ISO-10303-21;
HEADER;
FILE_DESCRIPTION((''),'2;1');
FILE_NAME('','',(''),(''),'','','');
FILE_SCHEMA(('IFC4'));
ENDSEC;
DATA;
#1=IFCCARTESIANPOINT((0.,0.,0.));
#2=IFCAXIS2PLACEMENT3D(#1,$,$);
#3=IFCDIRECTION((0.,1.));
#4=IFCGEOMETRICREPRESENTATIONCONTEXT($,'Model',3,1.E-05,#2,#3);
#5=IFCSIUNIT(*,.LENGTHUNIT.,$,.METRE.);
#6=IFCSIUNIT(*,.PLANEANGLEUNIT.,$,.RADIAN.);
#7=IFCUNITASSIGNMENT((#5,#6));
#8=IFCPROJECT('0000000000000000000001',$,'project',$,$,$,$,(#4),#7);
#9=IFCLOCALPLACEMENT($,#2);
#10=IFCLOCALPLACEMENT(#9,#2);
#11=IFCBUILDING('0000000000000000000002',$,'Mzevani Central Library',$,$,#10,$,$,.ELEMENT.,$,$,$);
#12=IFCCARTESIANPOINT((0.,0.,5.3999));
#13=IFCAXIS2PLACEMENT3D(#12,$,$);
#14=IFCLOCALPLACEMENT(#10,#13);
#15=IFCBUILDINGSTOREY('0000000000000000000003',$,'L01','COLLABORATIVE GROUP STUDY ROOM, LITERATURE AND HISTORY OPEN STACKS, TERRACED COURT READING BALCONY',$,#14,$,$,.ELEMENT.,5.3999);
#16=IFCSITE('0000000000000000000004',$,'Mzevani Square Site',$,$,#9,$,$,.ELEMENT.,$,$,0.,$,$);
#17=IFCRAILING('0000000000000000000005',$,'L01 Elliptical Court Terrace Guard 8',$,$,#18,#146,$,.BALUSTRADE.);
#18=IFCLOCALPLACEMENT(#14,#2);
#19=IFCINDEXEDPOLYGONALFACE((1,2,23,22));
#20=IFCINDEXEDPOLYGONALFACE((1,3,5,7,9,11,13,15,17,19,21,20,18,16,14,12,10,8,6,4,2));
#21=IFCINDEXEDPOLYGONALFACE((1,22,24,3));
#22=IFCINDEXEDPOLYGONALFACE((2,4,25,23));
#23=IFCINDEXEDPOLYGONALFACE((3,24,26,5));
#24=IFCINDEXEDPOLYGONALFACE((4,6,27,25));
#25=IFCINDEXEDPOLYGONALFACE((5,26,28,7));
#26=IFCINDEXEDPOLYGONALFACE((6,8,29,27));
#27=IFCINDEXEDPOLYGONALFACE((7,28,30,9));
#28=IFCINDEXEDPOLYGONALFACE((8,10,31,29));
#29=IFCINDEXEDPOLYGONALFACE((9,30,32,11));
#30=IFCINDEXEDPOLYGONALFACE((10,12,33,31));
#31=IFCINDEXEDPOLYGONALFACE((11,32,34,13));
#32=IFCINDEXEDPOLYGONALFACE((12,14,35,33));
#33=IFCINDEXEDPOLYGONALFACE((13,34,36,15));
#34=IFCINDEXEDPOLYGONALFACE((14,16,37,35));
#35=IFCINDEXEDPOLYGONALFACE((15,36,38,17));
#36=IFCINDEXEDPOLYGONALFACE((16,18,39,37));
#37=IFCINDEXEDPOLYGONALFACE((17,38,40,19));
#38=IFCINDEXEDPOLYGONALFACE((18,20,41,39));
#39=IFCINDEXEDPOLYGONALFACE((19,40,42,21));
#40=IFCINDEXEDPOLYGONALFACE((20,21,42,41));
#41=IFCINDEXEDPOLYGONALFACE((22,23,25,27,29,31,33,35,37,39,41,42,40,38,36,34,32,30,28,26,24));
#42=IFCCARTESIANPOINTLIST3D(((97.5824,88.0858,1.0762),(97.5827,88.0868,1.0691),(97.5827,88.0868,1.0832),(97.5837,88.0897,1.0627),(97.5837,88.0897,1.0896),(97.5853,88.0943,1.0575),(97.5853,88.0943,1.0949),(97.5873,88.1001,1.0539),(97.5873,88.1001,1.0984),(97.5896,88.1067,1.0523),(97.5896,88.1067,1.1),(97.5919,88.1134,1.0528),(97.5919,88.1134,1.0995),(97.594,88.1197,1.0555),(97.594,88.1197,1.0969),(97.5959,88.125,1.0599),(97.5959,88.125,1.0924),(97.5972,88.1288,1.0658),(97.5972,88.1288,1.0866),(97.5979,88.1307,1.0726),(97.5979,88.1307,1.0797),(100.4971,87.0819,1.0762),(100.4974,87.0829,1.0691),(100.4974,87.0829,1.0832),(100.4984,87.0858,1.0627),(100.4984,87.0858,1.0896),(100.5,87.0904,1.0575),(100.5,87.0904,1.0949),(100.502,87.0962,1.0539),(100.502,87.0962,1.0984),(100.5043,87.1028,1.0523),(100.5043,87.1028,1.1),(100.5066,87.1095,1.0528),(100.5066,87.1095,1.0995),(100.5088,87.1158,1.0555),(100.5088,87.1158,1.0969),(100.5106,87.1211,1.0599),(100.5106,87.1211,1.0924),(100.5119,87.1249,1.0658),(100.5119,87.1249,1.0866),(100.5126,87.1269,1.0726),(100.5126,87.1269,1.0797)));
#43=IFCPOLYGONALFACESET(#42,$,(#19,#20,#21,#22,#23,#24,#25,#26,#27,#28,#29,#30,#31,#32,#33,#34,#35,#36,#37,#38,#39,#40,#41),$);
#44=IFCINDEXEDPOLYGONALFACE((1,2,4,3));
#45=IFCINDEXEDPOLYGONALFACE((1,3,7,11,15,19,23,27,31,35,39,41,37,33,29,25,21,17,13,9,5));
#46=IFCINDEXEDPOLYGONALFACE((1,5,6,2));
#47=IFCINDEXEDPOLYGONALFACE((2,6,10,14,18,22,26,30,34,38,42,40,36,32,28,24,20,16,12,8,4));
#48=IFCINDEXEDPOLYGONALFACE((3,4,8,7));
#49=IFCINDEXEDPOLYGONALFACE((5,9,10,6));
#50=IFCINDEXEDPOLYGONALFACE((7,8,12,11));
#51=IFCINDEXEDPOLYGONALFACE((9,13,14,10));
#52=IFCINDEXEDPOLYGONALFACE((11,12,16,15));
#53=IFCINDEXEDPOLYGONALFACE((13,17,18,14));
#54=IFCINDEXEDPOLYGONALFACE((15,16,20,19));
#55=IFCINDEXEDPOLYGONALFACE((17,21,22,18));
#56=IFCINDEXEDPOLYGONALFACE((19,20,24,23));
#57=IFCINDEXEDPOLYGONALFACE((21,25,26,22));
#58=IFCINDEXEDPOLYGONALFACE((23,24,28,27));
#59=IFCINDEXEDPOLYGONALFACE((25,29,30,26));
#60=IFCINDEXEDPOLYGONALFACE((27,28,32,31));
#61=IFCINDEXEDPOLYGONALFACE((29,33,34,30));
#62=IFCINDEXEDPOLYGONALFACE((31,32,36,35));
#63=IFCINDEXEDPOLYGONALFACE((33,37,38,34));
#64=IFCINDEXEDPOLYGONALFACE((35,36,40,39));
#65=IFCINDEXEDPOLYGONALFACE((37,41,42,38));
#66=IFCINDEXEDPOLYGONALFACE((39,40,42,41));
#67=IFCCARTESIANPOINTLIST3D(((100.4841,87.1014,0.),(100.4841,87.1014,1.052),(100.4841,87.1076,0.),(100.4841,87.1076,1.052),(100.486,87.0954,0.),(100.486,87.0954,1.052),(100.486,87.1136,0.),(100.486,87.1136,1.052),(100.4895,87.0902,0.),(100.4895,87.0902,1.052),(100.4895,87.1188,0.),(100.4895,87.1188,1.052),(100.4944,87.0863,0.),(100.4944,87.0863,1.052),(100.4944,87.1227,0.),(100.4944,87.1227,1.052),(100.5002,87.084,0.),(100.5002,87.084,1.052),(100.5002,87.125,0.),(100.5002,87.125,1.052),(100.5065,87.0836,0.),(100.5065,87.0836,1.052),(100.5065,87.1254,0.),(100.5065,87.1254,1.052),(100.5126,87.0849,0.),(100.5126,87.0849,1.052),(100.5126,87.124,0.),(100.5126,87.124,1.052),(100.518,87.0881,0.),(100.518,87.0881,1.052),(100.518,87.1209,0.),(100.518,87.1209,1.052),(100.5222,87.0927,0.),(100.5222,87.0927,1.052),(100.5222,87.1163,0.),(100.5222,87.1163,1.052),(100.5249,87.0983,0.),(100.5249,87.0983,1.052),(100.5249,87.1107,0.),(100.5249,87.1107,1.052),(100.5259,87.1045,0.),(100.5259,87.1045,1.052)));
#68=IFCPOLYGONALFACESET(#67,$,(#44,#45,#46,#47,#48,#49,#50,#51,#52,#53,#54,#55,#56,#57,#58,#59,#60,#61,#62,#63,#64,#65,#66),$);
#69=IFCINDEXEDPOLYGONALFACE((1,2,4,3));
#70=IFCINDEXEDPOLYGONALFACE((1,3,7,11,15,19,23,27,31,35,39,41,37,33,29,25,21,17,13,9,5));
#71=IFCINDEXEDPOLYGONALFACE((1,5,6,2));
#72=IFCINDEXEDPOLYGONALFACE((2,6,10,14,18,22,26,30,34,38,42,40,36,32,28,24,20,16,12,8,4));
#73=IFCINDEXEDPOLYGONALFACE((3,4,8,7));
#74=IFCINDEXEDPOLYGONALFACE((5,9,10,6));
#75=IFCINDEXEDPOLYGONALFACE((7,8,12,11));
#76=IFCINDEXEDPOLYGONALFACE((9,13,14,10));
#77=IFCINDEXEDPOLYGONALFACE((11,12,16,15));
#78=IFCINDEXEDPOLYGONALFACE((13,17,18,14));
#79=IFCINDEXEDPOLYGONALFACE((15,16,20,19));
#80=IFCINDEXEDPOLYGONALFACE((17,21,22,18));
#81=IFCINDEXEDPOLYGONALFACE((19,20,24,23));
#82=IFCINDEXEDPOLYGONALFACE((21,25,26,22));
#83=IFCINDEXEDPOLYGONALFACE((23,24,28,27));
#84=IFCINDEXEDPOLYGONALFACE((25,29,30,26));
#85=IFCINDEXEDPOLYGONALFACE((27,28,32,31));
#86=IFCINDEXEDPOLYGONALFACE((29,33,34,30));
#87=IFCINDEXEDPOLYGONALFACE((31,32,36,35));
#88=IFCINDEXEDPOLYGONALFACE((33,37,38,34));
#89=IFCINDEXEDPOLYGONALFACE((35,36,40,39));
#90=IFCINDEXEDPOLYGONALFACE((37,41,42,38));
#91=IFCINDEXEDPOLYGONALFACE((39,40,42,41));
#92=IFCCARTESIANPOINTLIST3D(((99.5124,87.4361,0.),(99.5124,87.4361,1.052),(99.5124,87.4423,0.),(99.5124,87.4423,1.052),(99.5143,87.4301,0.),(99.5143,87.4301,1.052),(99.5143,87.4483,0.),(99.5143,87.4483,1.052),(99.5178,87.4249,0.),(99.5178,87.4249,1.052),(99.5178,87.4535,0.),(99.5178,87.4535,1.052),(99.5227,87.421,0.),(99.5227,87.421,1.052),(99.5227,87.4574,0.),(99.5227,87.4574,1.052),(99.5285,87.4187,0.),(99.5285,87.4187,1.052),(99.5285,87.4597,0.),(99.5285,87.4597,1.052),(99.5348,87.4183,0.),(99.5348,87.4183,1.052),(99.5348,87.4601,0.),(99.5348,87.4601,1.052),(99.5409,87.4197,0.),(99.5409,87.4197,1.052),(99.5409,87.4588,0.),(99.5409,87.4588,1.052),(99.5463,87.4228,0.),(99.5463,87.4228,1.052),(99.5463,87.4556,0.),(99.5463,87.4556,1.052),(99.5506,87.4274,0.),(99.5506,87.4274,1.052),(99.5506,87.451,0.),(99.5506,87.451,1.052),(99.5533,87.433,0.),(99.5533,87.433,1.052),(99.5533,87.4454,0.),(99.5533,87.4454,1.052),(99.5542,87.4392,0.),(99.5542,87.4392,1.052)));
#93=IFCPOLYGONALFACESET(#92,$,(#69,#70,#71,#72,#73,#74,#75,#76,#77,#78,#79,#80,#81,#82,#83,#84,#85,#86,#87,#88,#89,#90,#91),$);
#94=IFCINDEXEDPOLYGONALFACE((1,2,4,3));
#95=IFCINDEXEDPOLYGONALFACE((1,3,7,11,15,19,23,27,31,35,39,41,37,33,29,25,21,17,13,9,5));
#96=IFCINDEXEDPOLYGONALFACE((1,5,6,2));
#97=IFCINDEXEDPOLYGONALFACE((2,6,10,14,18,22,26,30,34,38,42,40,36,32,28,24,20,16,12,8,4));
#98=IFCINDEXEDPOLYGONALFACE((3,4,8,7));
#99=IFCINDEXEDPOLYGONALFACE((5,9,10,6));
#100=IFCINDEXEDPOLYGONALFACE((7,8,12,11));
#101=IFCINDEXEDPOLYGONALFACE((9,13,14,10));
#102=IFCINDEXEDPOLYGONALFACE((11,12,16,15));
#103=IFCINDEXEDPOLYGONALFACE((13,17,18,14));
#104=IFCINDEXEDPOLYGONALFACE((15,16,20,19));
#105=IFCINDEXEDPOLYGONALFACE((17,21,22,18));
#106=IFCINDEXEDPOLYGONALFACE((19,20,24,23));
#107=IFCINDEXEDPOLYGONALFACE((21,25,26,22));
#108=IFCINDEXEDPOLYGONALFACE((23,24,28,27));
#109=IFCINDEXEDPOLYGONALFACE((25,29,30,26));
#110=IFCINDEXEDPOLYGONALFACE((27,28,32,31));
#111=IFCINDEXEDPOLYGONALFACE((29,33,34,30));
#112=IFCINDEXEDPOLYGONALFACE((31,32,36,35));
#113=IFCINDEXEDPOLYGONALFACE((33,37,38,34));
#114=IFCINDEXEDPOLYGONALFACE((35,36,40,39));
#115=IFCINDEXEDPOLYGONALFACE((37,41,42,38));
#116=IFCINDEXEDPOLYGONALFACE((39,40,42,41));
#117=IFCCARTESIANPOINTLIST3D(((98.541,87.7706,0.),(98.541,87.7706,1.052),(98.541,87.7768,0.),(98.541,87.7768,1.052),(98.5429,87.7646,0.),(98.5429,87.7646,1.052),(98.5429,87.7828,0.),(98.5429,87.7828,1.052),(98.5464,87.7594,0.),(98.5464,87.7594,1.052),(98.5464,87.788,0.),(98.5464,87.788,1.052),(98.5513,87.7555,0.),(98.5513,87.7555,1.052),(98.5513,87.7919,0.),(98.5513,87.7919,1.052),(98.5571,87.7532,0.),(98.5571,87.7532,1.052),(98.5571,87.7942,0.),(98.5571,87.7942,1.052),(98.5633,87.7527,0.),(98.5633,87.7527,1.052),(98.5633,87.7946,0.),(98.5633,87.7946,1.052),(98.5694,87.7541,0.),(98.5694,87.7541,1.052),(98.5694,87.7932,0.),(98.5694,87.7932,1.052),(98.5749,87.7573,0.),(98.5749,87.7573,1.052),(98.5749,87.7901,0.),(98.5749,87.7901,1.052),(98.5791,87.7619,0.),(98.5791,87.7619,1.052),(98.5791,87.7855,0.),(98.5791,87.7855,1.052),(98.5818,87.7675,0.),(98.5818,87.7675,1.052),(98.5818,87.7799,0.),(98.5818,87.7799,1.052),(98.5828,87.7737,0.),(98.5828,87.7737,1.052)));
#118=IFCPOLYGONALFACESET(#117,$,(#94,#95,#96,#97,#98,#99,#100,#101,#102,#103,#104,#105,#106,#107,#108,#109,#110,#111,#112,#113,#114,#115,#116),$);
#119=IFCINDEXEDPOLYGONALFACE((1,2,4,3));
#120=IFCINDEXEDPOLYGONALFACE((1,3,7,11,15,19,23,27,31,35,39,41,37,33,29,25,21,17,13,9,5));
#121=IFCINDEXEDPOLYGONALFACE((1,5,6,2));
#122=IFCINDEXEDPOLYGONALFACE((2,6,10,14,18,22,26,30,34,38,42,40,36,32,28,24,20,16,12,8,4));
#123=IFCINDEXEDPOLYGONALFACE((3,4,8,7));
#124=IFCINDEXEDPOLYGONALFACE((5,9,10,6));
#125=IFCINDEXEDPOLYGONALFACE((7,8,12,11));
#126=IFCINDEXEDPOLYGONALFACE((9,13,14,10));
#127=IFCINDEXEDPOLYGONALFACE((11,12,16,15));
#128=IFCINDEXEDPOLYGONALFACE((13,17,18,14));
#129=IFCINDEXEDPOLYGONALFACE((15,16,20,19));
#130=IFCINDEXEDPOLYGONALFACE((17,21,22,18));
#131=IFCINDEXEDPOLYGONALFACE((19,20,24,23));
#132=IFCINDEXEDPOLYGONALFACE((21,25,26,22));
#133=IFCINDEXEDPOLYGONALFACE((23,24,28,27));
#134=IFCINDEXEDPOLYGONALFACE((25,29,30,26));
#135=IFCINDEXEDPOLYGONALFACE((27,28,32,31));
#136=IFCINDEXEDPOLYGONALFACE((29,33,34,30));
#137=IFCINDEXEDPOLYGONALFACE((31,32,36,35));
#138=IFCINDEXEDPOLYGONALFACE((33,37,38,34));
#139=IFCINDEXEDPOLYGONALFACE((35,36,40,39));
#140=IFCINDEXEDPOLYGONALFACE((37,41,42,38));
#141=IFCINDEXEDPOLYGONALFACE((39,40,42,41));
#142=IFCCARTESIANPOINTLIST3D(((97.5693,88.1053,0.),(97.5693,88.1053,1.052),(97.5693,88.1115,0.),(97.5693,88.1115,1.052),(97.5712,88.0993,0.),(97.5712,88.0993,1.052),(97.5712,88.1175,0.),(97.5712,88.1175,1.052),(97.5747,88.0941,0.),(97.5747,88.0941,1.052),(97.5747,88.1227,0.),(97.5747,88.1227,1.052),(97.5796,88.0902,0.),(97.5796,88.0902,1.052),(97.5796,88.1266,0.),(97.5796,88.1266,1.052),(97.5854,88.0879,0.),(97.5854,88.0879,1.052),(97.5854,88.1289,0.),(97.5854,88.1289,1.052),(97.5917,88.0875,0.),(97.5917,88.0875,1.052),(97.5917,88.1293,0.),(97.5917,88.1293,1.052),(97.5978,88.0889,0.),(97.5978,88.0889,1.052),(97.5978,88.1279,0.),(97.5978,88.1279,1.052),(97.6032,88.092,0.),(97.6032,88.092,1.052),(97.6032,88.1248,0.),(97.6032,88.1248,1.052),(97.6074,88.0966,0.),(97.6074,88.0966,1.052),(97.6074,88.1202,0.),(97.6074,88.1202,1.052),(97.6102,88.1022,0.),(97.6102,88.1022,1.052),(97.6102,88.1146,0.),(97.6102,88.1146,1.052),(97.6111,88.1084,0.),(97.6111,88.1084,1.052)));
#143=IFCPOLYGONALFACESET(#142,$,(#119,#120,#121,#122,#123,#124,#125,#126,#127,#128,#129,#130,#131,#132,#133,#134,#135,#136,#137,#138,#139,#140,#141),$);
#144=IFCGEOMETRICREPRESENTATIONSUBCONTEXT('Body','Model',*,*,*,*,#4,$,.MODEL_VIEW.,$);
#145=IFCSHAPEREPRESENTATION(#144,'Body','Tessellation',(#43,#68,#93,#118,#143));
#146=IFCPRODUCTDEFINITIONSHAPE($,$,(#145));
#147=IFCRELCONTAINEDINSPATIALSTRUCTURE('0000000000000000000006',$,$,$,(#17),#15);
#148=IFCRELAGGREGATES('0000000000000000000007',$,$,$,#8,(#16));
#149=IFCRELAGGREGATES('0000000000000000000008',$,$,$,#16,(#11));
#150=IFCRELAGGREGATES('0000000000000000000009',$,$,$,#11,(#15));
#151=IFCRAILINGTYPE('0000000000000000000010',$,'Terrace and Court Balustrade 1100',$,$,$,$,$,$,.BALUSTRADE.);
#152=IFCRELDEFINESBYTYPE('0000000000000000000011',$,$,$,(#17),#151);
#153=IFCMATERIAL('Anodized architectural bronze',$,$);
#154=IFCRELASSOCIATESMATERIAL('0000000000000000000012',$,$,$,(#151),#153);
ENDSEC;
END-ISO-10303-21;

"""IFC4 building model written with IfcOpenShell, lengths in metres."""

from ifc_helpers import new_model, si_unit, direction, frame, origin, origin_2d, place, context, subcontext, project, spatial, circle, extrude, material, type_object, element, save


model = new_model("IFC4")

# Units and contexts
model_context = context("Model", 3, precision=1e-05, world=origin(), true_north=direction((0.0, 1.0)))
body_context = subcontext(model_context, "Body", "Model", "MODEL_VIEW")
ifc_project = project(units=[si_unit("LENGTHUNIT", "METRE"), si_unit("PLANEANGLEUNIT", "RADIAN")], contexts=[model_context])

# Site, building, storey
site_placement = place(None, origin())
site = spatial("IfcSite", under=ifc_project, at=site_placement, Name="Mzevani Square Site", CompositionType="ELEMENT", RefElevation=0.0)
building_placement = place(site_placement, origin())
building = spatial("IfcBuilding", under=site, at=building_placement, Name="Mzevani Central Library", CompositionType="ELEMENT")
storey_placement = place(building_placement, frame((0.0, 0.0, 5.3999)))
storey = spatial("IfcBuildingStorey", under=building, at=storey_placement, Name="L01", Description="COLLABORATIVE GROUP STUDY ROOM, LITERATURE AND HISTORY OPEN STACKS, TERRACED COURT READING BALCONY", CompositionType="ELEMENT", Elevation=5.3999)

# Railing
ifc_material_1 = material(Name="Anodized architectural bronze")
railing_type = type_object("IfcRailingType", Name="Terrace and Court Balustrade 1100", PredefinedType="BALUSTRADE", material=ifc_material_1)
railing_1_placement = place(storey_placement, frame((100.5049, 87.1045, 0.0)))
element("IfcRailing", 1, at=railing_1_placement, inside=storey, type_object=railing_type, Name="L01 Elliptical Court Terrace Guard 8", PredefinedType="BALUSTRADE", context=body_context, shape_type="SweptSolid", body=[
    extrude(circle(Radius=0.0239, at=origin_2d()), frame((0.0, 0.0, 1.0762), z_axis=(-0.945492, 0.325644, 0.0), x_axis=(-0.325644, -0.945492, 0.0)), (0.0, 0.0, 1.0), 3.0828),
    extrude(circle(Radius=0.021, at=origin_2d()), origin(), (0.0, 0.0, 1.0), 1.052),
    extrude(circle(Radius=0.021, at=origin_2d()), frame((-0.9717, 0.3347, 0.0)), (0.0, 0.0, 1.0), 1.052),
    extrude(circle(Radius=0.021, at=origin_2d()), frame((-1.9431, 0.6692, 0.0)), (0.0, 0.0, 1.0), 1.052),
    extrude(circle(Radius=0.021, at=origin_2d()), frame((-2.9148, 1.0039, 0.0)), (0.0, 0.0, 1.0), 1.052),
])

save(model, "model.ifc")
